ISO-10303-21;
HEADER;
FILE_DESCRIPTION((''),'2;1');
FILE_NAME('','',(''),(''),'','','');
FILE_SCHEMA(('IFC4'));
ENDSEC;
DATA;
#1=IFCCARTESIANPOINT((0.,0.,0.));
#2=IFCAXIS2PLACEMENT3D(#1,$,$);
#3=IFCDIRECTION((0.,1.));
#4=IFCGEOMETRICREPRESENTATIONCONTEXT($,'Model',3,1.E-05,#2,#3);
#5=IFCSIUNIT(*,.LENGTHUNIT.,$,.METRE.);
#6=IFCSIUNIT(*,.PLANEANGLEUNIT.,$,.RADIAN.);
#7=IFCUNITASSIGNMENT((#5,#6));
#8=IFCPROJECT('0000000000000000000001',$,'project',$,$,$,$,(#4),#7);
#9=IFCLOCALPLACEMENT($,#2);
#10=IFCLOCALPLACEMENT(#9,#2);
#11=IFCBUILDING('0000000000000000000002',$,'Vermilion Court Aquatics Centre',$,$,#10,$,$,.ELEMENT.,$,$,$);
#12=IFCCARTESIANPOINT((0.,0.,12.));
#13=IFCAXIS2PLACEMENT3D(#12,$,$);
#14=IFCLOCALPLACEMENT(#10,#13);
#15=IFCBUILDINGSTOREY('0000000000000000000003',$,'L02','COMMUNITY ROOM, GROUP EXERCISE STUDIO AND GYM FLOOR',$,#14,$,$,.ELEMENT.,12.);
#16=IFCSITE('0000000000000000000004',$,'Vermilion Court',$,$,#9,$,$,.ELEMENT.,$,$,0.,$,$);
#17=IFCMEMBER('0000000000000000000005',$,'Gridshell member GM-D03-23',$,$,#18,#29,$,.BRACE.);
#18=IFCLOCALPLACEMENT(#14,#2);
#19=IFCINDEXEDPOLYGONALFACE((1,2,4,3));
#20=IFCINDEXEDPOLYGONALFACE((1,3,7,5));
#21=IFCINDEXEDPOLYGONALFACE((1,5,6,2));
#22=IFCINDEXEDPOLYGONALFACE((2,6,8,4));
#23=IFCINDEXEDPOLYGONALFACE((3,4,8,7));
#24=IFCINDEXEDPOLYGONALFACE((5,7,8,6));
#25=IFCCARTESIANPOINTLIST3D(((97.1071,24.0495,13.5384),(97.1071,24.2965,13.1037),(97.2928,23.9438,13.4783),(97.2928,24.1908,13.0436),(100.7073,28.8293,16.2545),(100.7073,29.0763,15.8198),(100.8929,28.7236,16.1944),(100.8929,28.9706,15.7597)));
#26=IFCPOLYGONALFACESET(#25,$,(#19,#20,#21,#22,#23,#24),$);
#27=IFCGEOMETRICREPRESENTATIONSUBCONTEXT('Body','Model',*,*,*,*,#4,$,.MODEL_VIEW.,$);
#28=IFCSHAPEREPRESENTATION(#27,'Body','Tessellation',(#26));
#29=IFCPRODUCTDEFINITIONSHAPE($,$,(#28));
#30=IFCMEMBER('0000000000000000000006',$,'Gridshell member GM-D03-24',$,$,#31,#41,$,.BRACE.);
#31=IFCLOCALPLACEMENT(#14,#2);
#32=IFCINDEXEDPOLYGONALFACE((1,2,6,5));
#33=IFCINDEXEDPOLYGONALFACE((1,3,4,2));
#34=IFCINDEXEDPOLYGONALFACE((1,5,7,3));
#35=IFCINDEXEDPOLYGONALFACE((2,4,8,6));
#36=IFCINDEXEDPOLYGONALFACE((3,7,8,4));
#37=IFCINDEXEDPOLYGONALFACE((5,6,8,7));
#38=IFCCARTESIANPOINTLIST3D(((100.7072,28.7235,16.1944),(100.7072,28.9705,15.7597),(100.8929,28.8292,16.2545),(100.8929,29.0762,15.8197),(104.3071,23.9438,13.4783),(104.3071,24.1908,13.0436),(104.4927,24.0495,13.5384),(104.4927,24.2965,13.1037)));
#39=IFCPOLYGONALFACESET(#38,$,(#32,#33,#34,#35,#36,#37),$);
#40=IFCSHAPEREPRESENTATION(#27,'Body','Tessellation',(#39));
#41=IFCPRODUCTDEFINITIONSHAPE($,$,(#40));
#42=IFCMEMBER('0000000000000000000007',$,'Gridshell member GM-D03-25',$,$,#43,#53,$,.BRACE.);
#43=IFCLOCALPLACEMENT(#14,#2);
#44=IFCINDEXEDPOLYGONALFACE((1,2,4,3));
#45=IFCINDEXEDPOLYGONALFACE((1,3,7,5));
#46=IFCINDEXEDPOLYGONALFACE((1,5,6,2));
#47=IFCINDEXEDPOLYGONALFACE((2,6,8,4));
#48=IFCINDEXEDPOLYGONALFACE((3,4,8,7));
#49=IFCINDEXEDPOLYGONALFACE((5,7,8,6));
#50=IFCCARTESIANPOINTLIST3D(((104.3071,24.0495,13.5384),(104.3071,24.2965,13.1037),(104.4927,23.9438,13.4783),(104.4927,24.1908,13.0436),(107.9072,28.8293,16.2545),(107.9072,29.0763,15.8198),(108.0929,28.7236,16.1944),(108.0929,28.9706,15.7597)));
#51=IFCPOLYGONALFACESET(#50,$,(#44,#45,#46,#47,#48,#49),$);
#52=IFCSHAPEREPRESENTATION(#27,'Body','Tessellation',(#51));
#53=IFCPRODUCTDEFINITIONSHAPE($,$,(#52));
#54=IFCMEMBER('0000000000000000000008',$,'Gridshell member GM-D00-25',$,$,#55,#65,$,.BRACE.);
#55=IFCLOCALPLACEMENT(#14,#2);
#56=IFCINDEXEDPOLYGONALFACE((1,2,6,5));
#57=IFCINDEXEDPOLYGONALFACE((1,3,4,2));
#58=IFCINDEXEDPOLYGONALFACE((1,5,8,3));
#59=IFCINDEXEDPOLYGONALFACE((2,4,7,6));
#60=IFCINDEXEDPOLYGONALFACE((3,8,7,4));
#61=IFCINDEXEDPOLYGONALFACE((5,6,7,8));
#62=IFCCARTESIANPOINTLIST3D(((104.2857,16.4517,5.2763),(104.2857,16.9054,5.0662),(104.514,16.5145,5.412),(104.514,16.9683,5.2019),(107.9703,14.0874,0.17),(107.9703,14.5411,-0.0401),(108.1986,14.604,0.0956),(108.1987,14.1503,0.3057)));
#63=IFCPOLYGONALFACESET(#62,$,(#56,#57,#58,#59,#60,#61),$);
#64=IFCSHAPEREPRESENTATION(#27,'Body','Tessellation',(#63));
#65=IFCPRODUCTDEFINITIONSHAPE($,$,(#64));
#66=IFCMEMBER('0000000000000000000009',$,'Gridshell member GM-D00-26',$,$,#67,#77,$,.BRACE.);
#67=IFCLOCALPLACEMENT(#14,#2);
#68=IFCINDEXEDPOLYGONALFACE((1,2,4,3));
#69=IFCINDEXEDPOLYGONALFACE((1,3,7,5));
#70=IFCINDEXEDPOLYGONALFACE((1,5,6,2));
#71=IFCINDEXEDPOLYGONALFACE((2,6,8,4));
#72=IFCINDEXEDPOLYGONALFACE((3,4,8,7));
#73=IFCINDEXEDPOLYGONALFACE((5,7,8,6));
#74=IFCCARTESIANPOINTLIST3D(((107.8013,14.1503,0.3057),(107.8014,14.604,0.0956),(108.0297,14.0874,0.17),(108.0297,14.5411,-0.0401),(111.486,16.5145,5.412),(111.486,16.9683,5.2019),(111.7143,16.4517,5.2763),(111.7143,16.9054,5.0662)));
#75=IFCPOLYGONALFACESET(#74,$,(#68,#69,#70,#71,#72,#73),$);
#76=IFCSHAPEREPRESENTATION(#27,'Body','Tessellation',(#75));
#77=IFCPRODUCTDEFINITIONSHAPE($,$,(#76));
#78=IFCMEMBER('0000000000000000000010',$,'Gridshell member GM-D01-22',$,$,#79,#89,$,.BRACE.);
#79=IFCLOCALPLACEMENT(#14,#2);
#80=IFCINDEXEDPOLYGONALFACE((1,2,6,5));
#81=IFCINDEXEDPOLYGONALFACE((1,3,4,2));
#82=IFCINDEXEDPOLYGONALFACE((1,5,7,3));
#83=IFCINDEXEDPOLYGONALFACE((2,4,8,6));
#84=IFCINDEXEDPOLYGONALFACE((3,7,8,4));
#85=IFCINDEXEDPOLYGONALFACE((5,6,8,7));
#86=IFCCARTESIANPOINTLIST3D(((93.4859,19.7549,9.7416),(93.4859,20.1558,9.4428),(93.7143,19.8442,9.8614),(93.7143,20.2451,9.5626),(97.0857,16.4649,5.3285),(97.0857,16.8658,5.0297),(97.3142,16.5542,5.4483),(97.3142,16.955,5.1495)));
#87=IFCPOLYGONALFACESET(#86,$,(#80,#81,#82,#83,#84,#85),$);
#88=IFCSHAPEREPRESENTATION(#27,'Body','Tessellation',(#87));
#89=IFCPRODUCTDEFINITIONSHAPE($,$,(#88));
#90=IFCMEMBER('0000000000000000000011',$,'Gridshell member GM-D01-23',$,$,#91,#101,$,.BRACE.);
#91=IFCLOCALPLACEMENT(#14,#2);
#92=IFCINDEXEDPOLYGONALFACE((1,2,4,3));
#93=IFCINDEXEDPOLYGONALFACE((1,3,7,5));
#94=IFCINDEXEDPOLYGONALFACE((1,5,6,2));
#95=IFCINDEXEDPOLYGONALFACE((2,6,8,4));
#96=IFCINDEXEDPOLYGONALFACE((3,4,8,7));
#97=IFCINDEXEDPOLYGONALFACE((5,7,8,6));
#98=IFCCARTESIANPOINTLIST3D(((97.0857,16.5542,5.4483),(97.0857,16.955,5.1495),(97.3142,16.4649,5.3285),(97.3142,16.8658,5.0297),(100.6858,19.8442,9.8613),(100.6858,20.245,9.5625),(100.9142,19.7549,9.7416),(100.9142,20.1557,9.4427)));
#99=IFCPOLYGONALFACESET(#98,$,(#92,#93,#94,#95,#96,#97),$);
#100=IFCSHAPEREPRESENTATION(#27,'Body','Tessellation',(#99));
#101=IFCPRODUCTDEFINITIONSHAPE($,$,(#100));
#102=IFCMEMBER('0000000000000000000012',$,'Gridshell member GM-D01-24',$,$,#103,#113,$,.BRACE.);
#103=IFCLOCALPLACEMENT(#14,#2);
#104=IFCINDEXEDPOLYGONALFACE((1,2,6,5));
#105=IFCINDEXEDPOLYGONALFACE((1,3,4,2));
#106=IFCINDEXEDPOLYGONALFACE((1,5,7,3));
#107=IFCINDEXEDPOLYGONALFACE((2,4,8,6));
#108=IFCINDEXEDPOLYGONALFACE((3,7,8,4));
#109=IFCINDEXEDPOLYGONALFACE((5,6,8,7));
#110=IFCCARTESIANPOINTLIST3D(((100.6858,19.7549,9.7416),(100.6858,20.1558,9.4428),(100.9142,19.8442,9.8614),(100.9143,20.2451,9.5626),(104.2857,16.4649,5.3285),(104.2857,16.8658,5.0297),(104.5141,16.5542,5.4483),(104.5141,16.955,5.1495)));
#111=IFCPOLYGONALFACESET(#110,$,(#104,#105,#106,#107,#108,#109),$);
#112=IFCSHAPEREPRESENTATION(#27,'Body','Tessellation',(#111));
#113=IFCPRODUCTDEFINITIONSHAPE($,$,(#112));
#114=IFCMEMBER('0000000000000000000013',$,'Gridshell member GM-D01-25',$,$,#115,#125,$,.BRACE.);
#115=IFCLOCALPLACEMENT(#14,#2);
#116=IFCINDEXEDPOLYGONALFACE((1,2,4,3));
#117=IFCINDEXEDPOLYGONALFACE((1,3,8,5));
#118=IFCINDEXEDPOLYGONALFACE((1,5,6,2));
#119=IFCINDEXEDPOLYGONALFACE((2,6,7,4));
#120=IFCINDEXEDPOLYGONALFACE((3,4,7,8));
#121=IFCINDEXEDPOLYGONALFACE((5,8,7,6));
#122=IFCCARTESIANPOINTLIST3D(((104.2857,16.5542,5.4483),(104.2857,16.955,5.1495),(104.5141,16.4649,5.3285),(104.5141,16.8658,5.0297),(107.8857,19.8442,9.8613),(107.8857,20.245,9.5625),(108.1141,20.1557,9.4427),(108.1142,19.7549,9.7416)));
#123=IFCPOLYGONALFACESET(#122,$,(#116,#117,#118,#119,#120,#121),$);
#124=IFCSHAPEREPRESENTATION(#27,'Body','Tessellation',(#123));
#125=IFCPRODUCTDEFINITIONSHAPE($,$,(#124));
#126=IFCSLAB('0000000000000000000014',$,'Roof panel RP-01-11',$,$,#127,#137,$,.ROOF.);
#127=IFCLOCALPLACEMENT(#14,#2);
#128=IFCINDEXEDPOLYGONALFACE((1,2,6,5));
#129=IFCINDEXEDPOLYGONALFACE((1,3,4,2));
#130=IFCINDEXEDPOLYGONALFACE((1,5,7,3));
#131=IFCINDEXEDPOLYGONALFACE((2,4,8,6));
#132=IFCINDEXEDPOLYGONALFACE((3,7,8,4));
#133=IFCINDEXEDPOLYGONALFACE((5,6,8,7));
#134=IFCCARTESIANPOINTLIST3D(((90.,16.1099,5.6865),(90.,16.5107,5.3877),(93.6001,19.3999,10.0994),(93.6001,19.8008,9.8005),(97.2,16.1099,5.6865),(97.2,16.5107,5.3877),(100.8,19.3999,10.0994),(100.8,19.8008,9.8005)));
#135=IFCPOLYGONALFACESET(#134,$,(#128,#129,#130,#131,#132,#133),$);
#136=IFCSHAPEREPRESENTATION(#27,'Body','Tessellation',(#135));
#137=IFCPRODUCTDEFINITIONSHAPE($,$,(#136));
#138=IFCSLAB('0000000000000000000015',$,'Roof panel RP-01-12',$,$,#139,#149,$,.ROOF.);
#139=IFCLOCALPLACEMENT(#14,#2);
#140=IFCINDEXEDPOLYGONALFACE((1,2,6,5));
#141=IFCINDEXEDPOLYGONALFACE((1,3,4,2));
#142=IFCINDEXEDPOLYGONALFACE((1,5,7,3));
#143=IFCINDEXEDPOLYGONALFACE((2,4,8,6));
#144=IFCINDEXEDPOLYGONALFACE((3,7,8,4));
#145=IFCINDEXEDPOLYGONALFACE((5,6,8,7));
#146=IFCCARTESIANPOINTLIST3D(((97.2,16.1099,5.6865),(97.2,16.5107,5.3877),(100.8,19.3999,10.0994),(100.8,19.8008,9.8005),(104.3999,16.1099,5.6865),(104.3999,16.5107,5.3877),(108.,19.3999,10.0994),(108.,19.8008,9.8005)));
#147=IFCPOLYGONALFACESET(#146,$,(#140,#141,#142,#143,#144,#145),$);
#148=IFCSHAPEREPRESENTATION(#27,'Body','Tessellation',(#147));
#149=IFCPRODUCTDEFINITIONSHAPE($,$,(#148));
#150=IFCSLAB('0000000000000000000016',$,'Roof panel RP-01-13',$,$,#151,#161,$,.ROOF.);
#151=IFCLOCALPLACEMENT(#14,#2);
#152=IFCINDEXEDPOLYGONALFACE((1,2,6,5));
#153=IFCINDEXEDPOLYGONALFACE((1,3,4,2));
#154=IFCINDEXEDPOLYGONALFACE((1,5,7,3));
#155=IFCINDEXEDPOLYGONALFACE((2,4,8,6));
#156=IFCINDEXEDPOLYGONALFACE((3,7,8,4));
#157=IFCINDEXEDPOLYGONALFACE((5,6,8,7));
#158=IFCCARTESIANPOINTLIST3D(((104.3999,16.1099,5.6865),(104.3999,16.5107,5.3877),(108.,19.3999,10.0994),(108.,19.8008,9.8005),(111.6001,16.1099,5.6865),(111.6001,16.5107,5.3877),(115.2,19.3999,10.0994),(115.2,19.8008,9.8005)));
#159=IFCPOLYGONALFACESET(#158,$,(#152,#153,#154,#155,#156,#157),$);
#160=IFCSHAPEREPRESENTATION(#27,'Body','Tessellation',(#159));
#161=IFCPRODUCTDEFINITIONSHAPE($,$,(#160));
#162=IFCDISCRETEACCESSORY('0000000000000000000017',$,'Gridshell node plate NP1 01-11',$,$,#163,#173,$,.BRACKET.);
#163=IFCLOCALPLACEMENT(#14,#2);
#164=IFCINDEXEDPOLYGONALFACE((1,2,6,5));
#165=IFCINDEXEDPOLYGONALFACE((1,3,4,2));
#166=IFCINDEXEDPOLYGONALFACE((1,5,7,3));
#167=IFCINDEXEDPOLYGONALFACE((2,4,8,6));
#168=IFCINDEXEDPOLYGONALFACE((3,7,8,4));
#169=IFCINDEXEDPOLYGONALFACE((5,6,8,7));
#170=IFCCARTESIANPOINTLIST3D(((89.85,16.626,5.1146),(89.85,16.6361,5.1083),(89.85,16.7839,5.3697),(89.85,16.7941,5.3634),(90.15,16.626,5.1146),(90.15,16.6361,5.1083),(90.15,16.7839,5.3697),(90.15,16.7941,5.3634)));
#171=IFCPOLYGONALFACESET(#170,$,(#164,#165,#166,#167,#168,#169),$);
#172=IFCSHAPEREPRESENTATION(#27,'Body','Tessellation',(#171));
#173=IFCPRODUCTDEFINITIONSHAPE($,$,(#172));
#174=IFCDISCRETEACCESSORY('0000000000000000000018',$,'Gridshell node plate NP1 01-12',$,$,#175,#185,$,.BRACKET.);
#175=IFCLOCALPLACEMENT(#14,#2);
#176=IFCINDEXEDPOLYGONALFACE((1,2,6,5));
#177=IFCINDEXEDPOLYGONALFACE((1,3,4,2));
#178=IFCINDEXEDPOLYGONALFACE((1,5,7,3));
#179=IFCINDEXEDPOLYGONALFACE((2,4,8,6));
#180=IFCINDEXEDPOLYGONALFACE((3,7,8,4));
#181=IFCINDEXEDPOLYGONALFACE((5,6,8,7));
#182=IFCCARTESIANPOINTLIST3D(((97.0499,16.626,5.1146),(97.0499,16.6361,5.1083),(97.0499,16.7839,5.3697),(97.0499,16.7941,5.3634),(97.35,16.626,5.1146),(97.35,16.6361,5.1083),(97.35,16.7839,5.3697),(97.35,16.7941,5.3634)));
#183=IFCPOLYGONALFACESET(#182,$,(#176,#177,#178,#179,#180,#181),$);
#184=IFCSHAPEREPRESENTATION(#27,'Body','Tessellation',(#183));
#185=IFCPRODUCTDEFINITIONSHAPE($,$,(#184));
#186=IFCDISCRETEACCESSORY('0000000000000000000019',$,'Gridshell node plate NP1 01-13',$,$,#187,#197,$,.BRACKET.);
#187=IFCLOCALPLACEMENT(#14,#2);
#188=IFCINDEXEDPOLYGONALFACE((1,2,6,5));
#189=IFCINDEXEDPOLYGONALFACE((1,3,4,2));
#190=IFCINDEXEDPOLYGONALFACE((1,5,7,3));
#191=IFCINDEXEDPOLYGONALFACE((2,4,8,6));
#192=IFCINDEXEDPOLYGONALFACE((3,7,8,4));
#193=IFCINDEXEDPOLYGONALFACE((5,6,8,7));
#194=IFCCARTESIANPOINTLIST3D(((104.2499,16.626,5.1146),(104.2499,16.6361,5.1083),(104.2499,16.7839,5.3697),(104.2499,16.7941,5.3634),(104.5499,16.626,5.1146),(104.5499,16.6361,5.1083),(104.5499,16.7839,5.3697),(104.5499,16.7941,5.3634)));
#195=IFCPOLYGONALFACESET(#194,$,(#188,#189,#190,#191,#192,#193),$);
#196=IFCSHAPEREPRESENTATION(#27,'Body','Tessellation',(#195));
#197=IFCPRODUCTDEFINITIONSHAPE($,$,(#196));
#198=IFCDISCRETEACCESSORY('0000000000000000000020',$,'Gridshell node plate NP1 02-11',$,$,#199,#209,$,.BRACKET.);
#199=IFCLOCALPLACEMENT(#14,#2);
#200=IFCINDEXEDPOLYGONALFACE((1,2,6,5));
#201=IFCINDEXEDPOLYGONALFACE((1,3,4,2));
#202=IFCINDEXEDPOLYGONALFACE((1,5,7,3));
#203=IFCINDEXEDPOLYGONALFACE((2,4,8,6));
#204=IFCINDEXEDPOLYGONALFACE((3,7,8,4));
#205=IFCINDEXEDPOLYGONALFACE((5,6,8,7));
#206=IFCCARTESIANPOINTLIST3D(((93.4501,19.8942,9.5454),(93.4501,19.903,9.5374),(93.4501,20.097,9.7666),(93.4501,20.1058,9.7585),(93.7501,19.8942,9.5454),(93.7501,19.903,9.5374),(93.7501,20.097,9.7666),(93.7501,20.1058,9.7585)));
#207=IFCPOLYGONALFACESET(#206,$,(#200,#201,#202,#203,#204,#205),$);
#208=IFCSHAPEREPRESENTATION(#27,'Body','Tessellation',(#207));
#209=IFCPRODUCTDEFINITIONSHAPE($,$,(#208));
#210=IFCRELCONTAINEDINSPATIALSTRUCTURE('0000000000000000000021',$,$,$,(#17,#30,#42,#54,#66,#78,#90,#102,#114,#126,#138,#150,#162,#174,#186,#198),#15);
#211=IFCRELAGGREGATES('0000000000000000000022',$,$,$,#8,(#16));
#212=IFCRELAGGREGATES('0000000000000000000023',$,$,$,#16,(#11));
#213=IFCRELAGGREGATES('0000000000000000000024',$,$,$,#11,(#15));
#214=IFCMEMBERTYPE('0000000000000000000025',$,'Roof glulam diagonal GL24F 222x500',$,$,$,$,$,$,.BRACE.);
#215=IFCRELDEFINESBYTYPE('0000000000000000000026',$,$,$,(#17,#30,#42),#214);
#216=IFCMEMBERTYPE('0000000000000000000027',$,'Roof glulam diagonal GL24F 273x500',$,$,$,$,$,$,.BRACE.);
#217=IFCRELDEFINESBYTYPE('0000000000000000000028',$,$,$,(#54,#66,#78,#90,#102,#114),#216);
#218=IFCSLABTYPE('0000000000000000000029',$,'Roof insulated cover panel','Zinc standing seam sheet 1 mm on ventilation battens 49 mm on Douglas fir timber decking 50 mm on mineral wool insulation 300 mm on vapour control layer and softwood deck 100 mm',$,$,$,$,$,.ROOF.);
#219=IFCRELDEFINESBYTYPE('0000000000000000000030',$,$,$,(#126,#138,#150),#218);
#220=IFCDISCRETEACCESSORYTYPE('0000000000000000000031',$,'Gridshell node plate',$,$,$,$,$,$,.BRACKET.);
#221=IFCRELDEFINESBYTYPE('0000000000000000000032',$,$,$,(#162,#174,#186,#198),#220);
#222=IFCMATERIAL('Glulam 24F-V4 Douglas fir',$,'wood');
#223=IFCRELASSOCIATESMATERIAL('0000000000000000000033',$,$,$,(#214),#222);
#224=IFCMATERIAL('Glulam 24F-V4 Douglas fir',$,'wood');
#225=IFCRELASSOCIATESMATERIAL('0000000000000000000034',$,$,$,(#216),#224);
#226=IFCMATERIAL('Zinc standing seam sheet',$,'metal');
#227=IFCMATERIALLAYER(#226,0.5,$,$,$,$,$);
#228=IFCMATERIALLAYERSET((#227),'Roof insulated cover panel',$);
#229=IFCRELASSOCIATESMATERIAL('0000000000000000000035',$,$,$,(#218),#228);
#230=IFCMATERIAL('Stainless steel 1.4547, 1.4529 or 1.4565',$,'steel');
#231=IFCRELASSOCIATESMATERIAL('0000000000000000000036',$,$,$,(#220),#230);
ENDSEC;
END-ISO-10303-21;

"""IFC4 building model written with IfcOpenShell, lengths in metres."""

from ifc_helpers import new_model, si_unit, direction, frame, origin, origin_2d, place, context, subcontext, project, spatial, polyline, rectangle, outline, extrude, material, layer, layer_set, material_profile, profile_set, type_object, element, save


model = new_model("IFC4")

# Units and contexts
model_context = context("Model", 3, precision=1e-05, world=origin(), true_north=direction((0.0, 1.0)))
body_context = subcontext(model_context, "Body", "Model", "MODEL_VIEW")
ifc_project = project(units=[si_unit("LENGTHUNIT", "METRE"), si_unit("PLANEANGLEUNIT", "RADIAN")], contexts=[model_context])

# Site, building, storey
site_placement = place(None, origin())
site = spatial("IfcSite", under=ifc_project, at=site_placement, Name="Vermilion Court", CompositionType="ELEMENT", RefElevation=0.0)
building_placement = place(site_placement, origin())
building = spatial("IfcBuilding", under=site, at=building_placement, Name="Vermilion Court Aquatics Centre", CompositionType="ELEMENT")
storey_placement = place(building_placement, frame((0.0, 0.0, 12.0)))
storey = spatial("IfcBuildingStorey", under=building, at=storey_placement, Name="L02", Description="COMMUNITY ROOM, GROUP EXERCISE STUDIO AND GYM FLOOR", CompositionType="ELEMENT", Elevation=12.0)

# Members
ifc_material_1 = material(Name="Glulam 24F-V4 Douglas fir", Category="wood")
ifc_material_profile_1 = material_profile(ifc_material_1, rectangle(XDim=0.2219, YDim=0.5, at=origin_2d()), Name="GL24F 222x500")
ifc_profile_set_1 = profile_set([ifc_material_profile_1], Name="Glulam 24F-V4 Douglas fir")
member_type_1 = type_object("IfcMemberType", Name="Roof glulam diagonal GL24F 222x500", PredefinedType="BRACE", material=ifc_profile_set_1)
member_1_placement = place(storey_placement, frame((97.2, 24.1201, 13.291), z_axis=(0.547839, 0.727355, 0.413312), x_axis=(-0.836584, 0.476332, 0.27062)))
element("IfcMember", 1, at=member_1_placement, inside=storey, type_object=member_type_1, Name="Gridshell member GM-D03-23", PredefinedType="BRACE", context=body_context, shape_type="SweptSolid", body=[
    extrude(rectangle(XDim=0.2219, YDim=0.5, at=origin_2d()), origin(), (0.0, 0.0, 1.0), 6.5715),
])
member_2_placement = place(storey_placement, frame((104.3999, 24.1201, 13.291), z_axis=(-0.547813, 0.72737, 0.413321), x_axis=(-0.836601, -0.476303, -0.270618)))
element("IfcMember", 2, at=member_2_placement, inside=storey, type_object=member_type_1, Name="Gridshell member GM-D03-24", PredefinedType="BRACE", context=body_context, shape_type="SweptSolid", body=[
    extrude(rectangle(XDim=0.2219, YDim=0.5, at=origin_2d()), origin(), (0.0, 0.0, 1.0), 6.5713),
])
member_3_placement = place(storey_placement, frame((104.3999, 24.1201, 13.291), z_axis=(0.547839, 0.727355, 0.413312), x_axis=(-0.836584, 0.476332, 0.27062)))
element("IfcMember", 3, at=member_3_placement, inside=storey, type_object=member_type_1, Name="Gridshell member GM-D03-25", PredefinedType="BRACE", context=body_context, shape_type="SweptSolid", body=[
    extrude(rectangle(XDim=0.2219, YDim=0.5, at=origin_2d()), origin(), (0.0, 0.0, 1.0), 6.5715),
])
ifc_material_2 = material(Name="Glulam 24F-V4 Douglas fir", Category="wood")
ifc_material_profile_2 = material_profile(ifc_material_2, rectangle(XDim=0.2729, YDim=0.5, at=origin_2d()), Name="GL24F 273x500")
ifc_profile_set_2 = profile_set([ifc_material_profile_2], Name="Glulam 24F-V4 Douglas fir")
member_type_2 = type_object("IfcMemberType", Name="Roof glulam diagonal GL24F 273x500", PredefinedType="BRACE", material=ifc_profile_set_2)
for number, where, z_axis, x_axis, name in (
    (4, (108.0845, 14.3457, 0.1328), (-0.54781, 0.35151, 0.759174), (-0.836603, -0.230193, -0.497099), "Gridshell member GM-D00-25"),
    (5, (107.9155, 14.3457, 0.1328), (0.54781, 0.35151, 0.759174), (-0.836603, 0.230193, 0.497099), "Gridshell member GM-D00-26"),
):
    element("IfcMember", number, at=place(storey_placement, frame(where, z_axis=z_axis, x_axis=x_axis)), inside=storey, type_object=member_type_2, Name=name, PredefinedType="BRACE", context=body_context, shape_type="SweptSolid", body=[
        extrude(rectangle(XDim=0.2729, YDim=0.5, at=origin_2d()), origin(), (0.0, 0.0, 1.0), 6.7261),
    ])
for number, where, z_axis, x_axis, name in (
    (6, (97.2, 16.71, 5.239), (-0.547329, 0.500224, 0.670974), (-0.836918, -0.327083, -0.438846), "Gridshell member GM-D01-22"),
    (7, (97.2, 16.71, 5.239), (0.547355, 0.500214, 0.670961), (-0.836901, 0.327117, 0.438853), "Gridshell member GM-D01-23"),
    (8, (104.3999, 16.71, 5.239), (-0.547329, 0.500224, 0.670974), (-0.836918, -0.327083, -0.438846), "Gridshell member GM-D01-24"),
    (9, (104.3999, 16.71, 5.239), (0.547355, 0.500214, 0.670961), (-0.836901, 0.327117, 0.438853), "Gridshell member GM-D01-25"),
):
    element("IfcMember", number, at=place(storey_placement, frame(where, z_axis=z_axis, x_axis=x_axis)), inside=storey, type_object=member_type_2, Name=name, PredefinedType="BRACE", context=body_context, shape_type="SweptSolid", body=[
        extrude(rectangle(XDim=0.2729, YDim=0.5, at=origin_2d()), origin(), (0.0, 0.0, 1.0), 6.5771),
    ])

# Slabs
ifc_material_3 = material(Name="Zinc standing seam sheet", Category="metal")
ifc_layer_1 = layer(ifc_material_3, 0.5)
ifc_layer_set_1 = layer_set([ifc_layer_1], Name="Roof insulated cover panel")
slab_type = type_object("IfcSlabType", Name="Roof insulated cover panel", Description="Zinc standing seam sheet 1 mm on ventilation battens 49 mm on Douglas fir timber decking 50 mm on mineral wool insulation 300 mm on vapour control layer and softwood deck 100 mm", PredefinedType="ROOF", material=ifc_layer_set_1)
for number, where, z_axis, x_axis, name in (
    (10, (90.0, 16.1099, 5.6865), (0.0, -0.801705, 0.59772), (1.0, 0.0, 0.0), "Roof panel RP-01-11"),
    (11, (97.2, 16.1099, 5.6865), (0.0, -0.801705, 0.59772), (1.0, 0.0, 0.0), "Roof panel RP-01-12"),
):
    element("IfcSlab", number, at=place(storey_placement, frame(where, z_axis=z_axis, x_axis=x_axis)), inside=storey, type_object=slab_type, Name=name, PredefinedType="ROOF", context=body_context, shape_type="SweptSolid", body=[
        extrude(outline(polyline([(0.0, 0.0), (7.2, 0.0), (10.8, 5.5043), (3.6001, 5.5043), (0.0, 0.0)])), origin(), (0.0, 0.0, -1.0), 0.5),
    ])
slab_placement = place(storey_placement, frame((104.3999, 16.1099, 5.6865), z_axis=(0.0, -0.801705, 0.59772), x_axis=(1.0, 0.0, 0.0)))
element("IfcSlab", 12, at=slab_placement, inside=storey, type_object=slab_type, Name="Roof panel RP-01-13", PredefinedType="ROOF", context=body_context, shape_type="SweptSolid", body=[
    extrude(outline(polyline([(0.0, 0.0), (7.2002, 0.0), (10.8, 5.5043), (3.6001, 5.5043), (0.0, 0.0)])), origin(), (0.0, 0.0, -1.0), 0.5),
])

# Discrete accessories
ifc_material_4 = material(Name="Stainless steel 1.4547, 1.4529 or 1.4565", Category="steel")
ifc_material_profile_3 = material_profile(ifc_material_4, rectangle(XDim=0.3, YDim=0.3, at=origin_2d()), Name="PL 12 x 300 x 300")
ifc_profile_set_3 = profile_set([ifc_material_profile_3], Name="Stainless steel 1.4547, 1.4529 or 1.4565")
discrete_accessory_type_1 = type_object("IfcDiscreteAccessoryType", Name="Gridshell node plate", PredefinedType="BRACKET", material=ifc_profile_set_3)
for number, where, z_axis, x_axis, name in (
    (13, (90.0, 16.7151, 5.2358), (0.0, -0.850265, 0.526355), (1.0, 0.0, 0.0), "Gridshell node plate NP1 01-11"),
    (14, (97.2, 16.7151, 5.2358), (0.0, -0.850265, 0.526355), (1.0, 0.0, 0.0), "Gridshell node plate NP1 01-12"),
    (15, (104.3999, 16.7151, 5.2358), (0.0, -0.850265, 0.526355), (1.0, 0.0, 0.0), "Gridshell node plate NP1 01-13"),
    (16, (93.6001, 20.0044, 9.6479), (0.0, -0.737154, 0.675725), (1.0, 0.0, 0.0), "Gridshell node plate NP1 02-11"),
):
    element("IfcDiscreteAccessory", number, at=place(storey_placement, frame(where, z_axis=z_axis, x_axis=x_axis)), inside=storey, type_object=discrete_accessory_type_1, Name=name, PredefinedType="BRACKET", context=body_context, shape_type="SweptSolid", body=[
        extrude(rectangle(XDim=0.3, YDim=0.3, at=origin_2d()), origin(), (0.0, 0.0, 1.0), 0.012),
    ])

save(model, "model.ifc")
